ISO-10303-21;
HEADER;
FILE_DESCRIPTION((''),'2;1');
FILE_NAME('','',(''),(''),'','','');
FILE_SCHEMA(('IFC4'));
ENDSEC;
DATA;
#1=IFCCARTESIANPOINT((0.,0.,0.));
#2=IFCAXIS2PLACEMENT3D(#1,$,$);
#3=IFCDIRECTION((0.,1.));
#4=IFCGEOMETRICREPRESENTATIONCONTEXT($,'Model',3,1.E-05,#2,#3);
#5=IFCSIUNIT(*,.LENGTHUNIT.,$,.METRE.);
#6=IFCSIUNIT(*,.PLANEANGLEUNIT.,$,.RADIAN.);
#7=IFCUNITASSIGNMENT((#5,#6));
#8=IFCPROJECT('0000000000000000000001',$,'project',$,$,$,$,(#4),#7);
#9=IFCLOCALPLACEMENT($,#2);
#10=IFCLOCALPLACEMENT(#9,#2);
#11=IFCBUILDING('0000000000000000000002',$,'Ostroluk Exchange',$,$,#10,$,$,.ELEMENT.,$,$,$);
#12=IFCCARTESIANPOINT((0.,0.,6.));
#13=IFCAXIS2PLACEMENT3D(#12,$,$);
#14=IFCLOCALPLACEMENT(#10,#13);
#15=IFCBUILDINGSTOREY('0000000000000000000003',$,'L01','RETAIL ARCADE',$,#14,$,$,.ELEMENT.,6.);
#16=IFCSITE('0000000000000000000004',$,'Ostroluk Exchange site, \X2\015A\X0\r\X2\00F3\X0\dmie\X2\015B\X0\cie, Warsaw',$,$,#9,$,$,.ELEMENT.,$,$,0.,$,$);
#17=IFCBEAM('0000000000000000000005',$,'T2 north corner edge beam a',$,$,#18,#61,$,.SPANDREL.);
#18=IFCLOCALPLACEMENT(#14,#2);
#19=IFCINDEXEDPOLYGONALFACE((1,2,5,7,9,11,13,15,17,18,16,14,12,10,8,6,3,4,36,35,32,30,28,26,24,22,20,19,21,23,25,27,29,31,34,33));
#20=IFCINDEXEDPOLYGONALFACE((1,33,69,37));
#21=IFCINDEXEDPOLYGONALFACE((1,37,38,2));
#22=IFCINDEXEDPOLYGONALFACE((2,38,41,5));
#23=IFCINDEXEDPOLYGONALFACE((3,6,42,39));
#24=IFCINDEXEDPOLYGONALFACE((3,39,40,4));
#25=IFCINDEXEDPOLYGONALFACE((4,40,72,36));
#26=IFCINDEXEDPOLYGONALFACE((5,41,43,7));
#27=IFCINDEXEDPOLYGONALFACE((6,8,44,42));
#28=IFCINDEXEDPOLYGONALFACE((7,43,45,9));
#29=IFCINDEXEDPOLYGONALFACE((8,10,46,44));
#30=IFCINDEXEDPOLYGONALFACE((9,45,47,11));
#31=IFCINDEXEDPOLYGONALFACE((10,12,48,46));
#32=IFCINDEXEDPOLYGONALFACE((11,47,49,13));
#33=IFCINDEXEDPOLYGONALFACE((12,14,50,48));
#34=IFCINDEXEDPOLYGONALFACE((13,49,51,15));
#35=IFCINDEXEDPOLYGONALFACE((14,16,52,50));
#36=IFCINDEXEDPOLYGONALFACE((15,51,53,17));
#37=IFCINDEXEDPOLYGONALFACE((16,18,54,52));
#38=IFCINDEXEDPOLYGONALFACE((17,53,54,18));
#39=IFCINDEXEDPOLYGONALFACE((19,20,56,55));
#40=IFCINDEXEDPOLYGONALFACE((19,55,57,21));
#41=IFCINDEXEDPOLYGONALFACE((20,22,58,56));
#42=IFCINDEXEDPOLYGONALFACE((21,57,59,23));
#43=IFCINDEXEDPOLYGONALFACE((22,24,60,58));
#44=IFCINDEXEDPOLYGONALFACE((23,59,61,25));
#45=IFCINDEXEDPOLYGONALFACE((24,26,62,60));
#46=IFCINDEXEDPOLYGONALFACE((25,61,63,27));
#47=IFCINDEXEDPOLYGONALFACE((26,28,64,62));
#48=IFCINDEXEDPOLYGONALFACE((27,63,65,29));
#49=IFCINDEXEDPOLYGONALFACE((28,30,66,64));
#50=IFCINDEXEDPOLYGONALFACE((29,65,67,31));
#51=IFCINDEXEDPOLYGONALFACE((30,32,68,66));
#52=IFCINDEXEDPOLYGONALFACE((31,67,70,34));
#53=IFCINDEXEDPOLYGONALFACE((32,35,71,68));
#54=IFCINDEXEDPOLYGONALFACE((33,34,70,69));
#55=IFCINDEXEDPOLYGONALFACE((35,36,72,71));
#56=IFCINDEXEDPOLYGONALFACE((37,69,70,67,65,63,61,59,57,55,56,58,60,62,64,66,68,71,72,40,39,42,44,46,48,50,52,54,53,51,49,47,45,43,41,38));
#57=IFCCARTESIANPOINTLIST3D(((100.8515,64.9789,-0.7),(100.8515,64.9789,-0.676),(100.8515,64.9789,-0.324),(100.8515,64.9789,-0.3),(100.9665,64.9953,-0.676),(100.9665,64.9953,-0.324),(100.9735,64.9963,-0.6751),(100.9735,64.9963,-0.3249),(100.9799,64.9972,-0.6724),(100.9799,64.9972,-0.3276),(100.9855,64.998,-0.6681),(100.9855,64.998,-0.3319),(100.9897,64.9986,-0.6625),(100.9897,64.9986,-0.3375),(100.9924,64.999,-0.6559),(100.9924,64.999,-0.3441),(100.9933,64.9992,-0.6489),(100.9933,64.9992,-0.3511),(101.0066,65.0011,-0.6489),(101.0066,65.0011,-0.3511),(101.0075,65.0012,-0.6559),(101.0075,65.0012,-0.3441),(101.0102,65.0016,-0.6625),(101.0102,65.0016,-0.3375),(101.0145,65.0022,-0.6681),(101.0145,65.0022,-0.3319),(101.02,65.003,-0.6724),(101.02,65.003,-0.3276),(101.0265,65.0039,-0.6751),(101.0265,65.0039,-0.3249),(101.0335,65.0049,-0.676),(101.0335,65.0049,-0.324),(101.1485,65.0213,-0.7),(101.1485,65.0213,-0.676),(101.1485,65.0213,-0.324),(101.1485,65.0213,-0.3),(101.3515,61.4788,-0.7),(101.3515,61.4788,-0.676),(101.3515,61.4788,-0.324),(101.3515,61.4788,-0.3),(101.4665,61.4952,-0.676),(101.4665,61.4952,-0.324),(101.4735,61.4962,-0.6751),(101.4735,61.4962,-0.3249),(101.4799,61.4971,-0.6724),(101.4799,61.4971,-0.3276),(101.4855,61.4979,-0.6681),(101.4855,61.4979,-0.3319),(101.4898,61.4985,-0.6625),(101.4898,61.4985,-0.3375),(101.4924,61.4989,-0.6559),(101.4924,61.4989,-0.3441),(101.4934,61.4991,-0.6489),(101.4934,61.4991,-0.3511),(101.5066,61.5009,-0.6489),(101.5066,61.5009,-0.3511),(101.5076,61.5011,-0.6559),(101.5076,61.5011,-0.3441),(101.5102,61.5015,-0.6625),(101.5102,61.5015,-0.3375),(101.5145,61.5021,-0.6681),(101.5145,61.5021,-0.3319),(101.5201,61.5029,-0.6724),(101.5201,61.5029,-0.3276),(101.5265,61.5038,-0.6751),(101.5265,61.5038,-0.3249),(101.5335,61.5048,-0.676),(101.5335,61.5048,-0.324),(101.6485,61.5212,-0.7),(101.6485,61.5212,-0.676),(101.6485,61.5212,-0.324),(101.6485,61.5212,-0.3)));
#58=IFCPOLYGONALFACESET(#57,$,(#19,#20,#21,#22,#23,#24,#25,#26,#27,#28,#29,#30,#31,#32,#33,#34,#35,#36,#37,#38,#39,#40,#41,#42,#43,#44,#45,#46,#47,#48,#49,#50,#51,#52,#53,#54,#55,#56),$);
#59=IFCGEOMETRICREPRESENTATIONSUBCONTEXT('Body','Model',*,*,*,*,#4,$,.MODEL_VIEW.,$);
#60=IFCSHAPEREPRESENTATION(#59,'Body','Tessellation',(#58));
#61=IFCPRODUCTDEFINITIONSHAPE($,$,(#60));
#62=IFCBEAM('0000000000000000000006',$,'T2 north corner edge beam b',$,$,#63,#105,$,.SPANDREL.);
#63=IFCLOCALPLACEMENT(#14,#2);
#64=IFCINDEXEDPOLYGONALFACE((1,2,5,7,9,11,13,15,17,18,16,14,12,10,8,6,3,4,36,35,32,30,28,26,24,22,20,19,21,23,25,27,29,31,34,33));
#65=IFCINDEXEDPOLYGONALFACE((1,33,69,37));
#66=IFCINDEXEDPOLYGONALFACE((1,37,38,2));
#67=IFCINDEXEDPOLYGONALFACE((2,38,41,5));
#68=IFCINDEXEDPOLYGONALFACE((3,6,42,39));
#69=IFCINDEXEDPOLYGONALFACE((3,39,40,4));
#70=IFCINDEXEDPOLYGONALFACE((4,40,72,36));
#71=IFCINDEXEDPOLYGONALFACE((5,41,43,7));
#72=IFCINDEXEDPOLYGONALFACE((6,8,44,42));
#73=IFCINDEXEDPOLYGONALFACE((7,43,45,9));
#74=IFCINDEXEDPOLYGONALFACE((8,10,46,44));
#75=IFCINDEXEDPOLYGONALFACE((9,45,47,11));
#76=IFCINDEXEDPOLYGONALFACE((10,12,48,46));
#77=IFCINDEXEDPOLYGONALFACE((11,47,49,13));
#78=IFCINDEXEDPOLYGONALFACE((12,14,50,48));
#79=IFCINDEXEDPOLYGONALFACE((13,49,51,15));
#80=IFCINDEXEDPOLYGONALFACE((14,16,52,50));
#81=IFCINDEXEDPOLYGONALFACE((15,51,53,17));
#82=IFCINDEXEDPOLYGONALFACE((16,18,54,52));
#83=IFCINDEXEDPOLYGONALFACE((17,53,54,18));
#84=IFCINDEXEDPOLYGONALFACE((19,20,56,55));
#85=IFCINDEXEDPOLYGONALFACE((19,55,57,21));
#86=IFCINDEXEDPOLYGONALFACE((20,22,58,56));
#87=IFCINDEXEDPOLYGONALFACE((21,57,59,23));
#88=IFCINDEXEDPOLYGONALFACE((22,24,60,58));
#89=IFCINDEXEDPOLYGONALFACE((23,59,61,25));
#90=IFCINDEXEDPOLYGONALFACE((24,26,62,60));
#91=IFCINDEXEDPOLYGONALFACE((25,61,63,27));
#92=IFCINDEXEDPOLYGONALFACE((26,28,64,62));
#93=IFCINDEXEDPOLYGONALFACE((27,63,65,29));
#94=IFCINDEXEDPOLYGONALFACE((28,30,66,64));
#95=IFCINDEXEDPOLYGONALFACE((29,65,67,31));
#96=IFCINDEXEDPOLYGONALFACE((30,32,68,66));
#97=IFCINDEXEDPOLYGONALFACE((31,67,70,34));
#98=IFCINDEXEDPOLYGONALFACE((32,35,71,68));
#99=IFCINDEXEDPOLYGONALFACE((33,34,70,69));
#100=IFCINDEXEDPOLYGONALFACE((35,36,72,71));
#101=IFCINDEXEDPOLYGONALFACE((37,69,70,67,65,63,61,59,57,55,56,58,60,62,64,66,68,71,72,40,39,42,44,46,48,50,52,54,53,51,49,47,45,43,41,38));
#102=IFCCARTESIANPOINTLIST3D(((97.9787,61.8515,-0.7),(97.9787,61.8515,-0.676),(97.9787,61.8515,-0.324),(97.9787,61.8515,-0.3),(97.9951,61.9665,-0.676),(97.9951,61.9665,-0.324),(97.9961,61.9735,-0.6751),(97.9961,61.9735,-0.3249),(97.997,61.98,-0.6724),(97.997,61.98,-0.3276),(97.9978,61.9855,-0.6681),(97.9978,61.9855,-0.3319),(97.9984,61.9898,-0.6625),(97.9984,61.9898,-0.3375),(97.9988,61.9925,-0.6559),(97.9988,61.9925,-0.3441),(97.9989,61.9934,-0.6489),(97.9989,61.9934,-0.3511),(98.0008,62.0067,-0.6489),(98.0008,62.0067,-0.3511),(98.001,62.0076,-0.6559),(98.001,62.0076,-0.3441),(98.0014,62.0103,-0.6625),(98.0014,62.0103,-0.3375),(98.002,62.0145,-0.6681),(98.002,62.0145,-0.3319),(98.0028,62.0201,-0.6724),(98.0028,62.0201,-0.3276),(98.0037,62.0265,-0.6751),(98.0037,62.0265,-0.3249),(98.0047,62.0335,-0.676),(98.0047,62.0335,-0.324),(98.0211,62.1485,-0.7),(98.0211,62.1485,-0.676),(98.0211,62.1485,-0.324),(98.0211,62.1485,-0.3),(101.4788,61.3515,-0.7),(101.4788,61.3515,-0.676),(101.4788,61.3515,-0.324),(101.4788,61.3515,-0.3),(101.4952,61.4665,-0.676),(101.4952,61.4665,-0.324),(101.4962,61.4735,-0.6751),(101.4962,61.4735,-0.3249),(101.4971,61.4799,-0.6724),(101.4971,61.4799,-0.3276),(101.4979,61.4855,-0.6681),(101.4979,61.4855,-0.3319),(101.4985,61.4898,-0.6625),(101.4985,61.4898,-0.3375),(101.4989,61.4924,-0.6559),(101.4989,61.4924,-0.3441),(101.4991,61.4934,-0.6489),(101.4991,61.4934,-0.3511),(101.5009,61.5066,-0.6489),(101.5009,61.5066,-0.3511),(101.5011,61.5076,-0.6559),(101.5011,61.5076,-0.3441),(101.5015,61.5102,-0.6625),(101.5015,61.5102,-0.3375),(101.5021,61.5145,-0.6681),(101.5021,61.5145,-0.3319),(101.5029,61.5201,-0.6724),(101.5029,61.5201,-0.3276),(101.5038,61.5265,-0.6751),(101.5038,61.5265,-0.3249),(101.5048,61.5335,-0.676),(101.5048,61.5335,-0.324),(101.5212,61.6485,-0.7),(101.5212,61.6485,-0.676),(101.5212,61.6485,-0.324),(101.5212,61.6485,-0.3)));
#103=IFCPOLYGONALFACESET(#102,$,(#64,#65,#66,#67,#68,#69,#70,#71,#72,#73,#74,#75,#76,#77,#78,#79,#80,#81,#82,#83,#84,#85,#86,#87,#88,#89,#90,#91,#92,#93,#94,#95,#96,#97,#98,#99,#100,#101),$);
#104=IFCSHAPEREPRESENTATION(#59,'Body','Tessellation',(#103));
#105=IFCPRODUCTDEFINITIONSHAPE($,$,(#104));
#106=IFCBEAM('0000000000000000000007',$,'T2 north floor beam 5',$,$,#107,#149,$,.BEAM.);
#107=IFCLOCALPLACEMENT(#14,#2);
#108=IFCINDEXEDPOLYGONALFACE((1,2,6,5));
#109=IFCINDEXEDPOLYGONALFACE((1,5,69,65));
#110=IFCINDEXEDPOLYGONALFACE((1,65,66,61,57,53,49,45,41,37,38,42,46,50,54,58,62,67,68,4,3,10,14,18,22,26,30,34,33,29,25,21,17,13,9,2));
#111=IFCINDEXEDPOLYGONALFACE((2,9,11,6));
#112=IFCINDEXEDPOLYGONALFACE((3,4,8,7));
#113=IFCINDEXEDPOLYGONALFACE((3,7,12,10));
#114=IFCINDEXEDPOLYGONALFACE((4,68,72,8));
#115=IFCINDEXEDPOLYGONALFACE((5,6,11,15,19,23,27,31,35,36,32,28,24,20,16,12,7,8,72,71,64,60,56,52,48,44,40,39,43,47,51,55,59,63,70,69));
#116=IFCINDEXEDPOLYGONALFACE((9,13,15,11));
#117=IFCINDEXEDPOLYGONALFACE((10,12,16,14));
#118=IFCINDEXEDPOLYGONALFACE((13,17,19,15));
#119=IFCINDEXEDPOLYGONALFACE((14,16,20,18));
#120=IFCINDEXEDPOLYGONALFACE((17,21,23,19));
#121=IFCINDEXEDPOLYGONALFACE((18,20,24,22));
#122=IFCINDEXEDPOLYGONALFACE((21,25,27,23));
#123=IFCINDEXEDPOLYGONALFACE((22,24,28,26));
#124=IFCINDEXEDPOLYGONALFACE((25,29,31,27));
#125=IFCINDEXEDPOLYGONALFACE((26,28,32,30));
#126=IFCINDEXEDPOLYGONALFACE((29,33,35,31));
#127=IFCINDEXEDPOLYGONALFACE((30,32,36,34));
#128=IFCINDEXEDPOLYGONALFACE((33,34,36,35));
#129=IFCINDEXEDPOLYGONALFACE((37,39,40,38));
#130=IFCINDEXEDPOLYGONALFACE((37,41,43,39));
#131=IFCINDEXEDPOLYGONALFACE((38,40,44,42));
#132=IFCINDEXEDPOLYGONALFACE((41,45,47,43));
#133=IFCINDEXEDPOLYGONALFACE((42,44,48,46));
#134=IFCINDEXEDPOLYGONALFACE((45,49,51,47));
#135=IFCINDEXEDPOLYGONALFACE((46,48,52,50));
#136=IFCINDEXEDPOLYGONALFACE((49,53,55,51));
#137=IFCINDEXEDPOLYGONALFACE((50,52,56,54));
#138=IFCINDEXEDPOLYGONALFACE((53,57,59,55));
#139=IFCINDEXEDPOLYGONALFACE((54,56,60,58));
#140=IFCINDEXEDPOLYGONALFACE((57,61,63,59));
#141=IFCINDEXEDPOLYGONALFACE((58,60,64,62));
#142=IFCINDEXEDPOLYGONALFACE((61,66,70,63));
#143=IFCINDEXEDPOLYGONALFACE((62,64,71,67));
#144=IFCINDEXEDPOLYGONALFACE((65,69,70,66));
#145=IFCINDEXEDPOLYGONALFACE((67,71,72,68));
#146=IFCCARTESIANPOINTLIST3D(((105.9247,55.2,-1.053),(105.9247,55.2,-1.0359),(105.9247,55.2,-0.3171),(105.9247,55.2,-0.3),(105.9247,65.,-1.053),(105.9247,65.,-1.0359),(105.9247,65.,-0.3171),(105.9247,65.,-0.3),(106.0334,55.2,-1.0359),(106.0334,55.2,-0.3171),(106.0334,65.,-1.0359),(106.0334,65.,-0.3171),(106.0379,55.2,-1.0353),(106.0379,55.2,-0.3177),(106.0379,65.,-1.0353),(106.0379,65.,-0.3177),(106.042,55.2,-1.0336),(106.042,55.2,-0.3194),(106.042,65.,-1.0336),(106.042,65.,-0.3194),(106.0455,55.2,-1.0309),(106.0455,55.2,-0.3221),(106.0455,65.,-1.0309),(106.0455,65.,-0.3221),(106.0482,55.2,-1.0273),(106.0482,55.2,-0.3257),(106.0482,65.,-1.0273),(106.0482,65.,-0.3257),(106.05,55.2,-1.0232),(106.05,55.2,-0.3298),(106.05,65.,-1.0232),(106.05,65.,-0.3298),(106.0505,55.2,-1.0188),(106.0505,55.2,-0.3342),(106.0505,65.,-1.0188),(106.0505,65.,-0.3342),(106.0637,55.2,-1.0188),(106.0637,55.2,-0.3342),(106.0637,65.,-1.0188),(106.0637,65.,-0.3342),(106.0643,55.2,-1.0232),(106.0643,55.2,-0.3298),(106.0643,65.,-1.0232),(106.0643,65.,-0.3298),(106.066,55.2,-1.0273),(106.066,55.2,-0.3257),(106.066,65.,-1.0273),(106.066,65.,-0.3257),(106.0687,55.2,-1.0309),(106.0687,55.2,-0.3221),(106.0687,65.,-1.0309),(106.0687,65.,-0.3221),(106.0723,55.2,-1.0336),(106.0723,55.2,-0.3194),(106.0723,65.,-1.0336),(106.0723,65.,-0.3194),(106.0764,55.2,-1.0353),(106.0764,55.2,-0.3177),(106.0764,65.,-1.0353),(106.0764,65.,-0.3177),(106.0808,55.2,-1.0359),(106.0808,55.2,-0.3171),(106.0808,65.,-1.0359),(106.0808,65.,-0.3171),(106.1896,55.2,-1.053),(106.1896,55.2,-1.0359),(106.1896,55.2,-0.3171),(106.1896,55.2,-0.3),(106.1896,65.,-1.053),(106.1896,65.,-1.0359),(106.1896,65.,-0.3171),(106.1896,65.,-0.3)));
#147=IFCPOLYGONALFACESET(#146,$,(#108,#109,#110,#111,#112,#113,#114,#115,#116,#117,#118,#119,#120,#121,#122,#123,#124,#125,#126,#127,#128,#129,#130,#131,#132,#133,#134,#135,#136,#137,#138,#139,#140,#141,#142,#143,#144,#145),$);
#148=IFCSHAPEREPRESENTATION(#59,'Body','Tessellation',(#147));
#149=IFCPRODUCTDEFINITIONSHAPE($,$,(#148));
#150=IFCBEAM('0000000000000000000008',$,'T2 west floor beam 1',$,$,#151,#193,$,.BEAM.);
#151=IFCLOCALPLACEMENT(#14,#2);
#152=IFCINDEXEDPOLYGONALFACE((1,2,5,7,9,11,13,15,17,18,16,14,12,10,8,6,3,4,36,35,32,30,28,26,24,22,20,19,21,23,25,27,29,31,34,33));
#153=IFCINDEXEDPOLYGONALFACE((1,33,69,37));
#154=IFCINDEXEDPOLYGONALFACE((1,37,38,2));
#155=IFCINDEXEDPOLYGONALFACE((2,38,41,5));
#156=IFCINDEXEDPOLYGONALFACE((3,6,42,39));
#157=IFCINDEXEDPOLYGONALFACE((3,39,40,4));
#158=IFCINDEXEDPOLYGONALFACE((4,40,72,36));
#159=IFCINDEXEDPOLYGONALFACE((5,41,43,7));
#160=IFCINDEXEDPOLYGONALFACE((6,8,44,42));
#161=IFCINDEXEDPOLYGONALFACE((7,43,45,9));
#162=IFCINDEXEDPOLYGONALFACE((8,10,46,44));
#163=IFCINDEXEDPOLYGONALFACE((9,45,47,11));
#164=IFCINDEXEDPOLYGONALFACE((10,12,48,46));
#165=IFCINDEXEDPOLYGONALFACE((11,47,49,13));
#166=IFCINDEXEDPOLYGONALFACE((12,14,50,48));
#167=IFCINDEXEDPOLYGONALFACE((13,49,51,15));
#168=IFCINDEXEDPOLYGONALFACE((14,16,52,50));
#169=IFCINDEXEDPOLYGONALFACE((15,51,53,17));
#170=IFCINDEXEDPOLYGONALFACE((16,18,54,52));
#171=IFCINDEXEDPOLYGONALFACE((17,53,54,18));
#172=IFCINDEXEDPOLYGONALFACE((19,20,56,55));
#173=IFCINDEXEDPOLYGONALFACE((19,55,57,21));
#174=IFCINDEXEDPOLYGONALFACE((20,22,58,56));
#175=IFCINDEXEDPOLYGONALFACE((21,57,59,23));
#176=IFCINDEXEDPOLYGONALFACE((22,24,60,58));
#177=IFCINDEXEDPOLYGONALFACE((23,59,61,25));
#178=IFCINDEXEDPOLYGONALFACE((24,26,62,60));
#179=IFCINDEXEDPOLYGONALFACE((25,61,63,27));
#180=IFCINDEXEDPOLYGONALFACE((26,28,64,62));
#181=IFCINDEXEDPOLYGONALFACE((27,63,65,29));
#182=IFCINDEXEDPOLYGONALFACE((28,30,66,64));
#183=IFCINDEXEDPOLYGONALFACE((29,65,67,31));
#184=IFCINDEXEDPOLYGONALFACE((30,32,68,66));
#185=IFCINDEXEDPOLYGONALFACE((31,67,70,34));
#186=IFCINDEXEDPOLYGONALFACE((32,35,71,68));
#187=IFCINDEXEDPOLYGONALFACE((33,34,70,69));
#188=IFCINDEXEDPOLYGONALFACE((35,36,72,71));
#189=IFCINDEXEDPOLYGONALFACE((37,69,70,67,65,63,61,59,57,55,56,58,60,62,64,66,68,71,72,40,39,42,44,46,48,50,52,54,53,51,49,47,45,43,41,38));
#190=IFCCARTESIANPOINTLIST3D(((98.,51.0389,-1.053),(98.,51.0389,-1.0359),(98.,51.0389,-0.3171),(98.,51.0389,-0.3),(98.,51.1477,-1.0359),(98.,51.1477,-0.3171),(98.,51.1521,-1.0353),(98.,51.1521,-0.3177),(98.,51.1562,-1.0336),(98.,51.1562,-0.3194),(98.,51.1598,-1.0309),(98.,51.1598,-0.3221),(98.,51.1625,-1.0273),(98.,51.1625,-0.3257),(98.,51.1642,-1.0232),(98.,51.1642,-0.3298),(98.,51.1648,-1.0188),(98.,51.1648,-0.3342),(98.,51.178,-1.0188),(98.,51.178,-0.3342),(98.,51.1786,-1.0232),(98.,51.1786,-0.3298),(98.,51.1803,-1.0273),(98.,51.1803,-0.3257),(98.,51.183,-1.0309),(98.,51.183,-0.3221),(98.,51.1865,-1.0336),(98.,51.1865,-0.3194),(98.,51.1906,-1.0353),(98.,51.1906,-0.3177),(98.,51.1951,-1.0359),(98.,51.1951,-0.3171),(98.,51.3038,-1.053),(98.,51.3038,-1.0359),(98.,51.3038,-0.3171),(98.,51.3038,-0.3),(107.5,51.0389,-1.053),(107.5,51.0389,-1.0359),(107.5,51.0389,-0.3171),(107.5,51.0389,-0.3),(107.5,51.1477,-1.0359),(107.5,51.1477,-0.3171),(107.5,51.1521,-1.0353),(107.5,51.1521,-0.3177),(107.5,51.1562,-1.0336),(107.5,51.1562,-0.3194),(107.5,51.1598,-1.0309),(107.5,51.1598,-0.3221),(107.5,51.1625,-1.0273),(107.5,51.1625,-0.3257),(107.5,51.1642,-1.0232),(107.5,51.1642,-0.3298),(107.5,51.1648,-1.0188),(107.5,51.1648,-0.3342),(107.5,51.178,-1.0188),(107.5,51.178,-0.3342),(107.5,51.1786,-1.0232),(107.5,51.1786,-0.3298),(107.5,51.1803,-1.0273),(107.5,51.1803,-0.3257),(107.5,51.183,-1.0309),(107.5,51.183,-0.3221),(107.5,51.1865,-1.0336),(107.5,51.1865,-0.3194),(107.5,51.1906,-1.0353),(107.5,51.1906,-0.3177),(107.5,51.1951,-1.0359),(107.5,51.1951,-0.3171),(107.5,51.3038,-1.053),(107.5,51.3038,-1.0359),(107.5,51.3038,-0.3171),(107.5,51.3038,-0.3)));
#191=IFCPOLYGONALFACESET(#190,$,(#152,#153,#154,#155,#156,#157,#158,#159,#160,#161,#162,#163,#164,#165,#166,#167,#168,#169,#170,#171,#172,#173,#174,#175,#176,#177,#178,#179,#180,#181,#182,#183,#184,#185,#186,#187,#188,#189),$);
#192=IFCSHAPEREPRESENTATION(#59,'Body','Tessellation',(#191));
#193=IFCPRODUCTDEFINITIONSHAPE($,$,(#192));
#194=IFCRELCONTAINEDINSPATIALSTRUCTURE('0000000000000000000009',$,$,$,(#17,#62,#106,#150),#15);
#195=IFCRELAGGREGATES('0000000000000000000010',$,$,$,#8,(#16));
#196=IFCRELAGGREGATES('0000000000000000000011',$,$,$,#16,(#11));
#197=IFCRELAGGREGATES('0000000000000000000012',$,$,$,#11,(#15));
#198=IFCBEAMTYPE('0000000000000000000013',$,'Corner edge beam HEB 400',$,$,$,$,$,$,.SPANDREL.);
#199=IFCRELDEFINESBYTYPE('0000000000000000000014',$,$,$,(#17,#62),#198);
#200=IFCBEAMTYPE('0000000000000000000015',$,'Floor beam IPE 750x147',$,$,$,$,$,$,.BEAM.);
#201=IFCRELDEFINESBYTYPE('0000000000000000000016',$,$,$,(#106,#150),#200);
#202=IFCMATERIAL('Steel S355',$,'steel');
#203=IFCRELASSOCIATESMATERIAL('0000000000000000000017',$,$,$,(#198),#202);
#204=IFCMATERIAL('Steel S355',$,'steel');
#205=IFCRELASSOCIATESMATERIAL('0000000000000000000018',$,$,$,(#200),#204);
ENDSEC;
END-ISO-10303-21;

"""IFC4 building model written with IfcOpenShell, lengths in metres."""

from ifc_helpers import new_model, si_unit, direction, frame, origin, origin_2d, place, context, subcontext, project, spatial, i_section, extrude, material, material_profile, profile_set, type_object, element, save


model = new_model("IFC4")

# Units and contexts
model_context = context("Model", 3, precision=1e-05, world=origin(), true_north=direction((0.0, 1.0)))
body_context = subcontext(model_context, "Body", "Model", "MODEL_VIEW")
ifc_project = project(units=[si_unit("LENGTHUNIT", "METRE"), si_unit("PLANEANGLEUNIT", "RADIAN")], contexts=[model_context])

# Site, building, storey
site_placement = place(None, origin())
site = spatial("IfcSite", under=ifc_project, at=site_placement, Name="Ostroluk Exchange site, Śródmieście, Warsaw", CompositionType="ELEMENT", RefElevation=0.0)
building_placement = place(site_placement, origin())
building = spatial("IfcBuilding", under=site, at=building_placement, Name="Ostroluk Exchange", CompositionType="ELEMENT")
storey_placement = place(building_placement, frame((0.0, 0.0, 6.0)))
storey = spatial("IfcBuildingStorey", under=building, at=storey_placement, Name="L01", Description="RETAIL ARCADE", CompositionType="ELEMENT", Elevation=6.0)

# Beams
ifc_material_1 = material(Name="Steel S355", Category="steel")
ifc_material_profile_1 = material_profile(ifc_material_1, i_section(OverallWidth=0.3, OverallDepth=0.3999, WebThickness=0.0134, FlangeThickness=0.0239, FilletRadius=0.0271, at=origin_2d()), Name="HEB 400")
ifc_profile_set_1 = profile_set([ifc_material_profile_1], Name="Steel S355")
beam_type_1 = type_object("IfcBeamType", Name="Corner edge beam HEB 400", PredefinedType="SPANDREL", material=ifc_profile_set_1)
for number, where, z_axis, x_axis, name in (
    (1, (101.5, 61.5, -0.5), (-0.141421, 0.989949, 0.0), (-0.989949, -0.141421, 0.0), "T2 north corner edge beam a"),
    (2, (101.5, 61.5, -0.5), (-0.989949, 0.141421, 0.0), (-0.141421, -0.989949, 0.0), "T2 north corner edge beam b"),
):
    element("IfcBeam", number, at=place(storey_placement, frame(where, z_axis=z_axis, x_axis=x_axis)), inside=storey, type_object=beam_type_1, Name=name, PredefinedType="SPANDREL", context=body_context, shape_type="SweptSolid", body=[
        extrude(i_section(OverallWidth=0.3, OverallDepth=0.3999, WebThickness=0.0134, FlangeThickness=0.0239, FilletRadius=0.0271, at=origin_2d()), origin(), (0.0, 0.0, 1.0), 3.5356),
    ])
ifc_material_2 = material(Name="Steel S355", Category="steel")
ifc_material_profile_2 = material_profile(ifc_material_2, i_section(OverallWidth=0.2649, OverallDepth=0.7529, WebThickness=0.0132, FlangeThickness=0.0171, FilletRadius=0.0171, at=origin_2d()), Name="IPE 750x147")
ifc_profile_set_2 = profile_set([ifc_material_profile_2], Name="Steel S355")
beam_type_2 = type_object("IfcBeamType", Name="Floor beam IPE 750x147", PredefinedType="BEAM", material=ifc_profile_set_2)
beam_1_placement = place(storey_placement, frame((106.0571, 55.2, -0.6765), z_axis=(0.0, 1.0, 0.0), x_axis=(-1.0, 0.0, 0.0)))
element("IfcBeam", 3, at=beam_1_placement, inside=storey, type_object=beam_type_2, Name="T2 north floor beam 5", PredefinedType="BEAM", context=body_context, shape_type="SweptSolid", body=[
    extrude(i_section(OverallWidth=0.2649, OverallDepth=0.7529, WebThickness=0.0132, FlangeThickness=0.0171, FilletRadius=0.0171, at=origin_2d()), origin(), (0.0, 0.0, 1.0), 9.8),
])
for number, where, z_axis, x_axis, name in (
    (4, (107.5, 51.1714, -0.6765), (-1.0, 0.0, 0.0), (0.0, -1.0, 0.0), "T2 west floor beam 1"),
):
    element("IfcBeam", number, at=place(storey_placement, frame(where, z_axis=z_axis, x_axis=x_axis)), inside=storey, type_object=beam_type_2, Name=name, PredefinedType="BEAM", context=body_context, shape_type="SweptSolid", body=[
        extrude(i_section(OverallWidth=0.2649, OverallDepth=0.7529, WebThickness=0.0132, FlangeThickness=0.0171, FilletRadius=0.0171, at=origin_2d()), origin(), (0.0, 0.0, 1.0), 9.5),
    ])

save(model, "model.ifc")
